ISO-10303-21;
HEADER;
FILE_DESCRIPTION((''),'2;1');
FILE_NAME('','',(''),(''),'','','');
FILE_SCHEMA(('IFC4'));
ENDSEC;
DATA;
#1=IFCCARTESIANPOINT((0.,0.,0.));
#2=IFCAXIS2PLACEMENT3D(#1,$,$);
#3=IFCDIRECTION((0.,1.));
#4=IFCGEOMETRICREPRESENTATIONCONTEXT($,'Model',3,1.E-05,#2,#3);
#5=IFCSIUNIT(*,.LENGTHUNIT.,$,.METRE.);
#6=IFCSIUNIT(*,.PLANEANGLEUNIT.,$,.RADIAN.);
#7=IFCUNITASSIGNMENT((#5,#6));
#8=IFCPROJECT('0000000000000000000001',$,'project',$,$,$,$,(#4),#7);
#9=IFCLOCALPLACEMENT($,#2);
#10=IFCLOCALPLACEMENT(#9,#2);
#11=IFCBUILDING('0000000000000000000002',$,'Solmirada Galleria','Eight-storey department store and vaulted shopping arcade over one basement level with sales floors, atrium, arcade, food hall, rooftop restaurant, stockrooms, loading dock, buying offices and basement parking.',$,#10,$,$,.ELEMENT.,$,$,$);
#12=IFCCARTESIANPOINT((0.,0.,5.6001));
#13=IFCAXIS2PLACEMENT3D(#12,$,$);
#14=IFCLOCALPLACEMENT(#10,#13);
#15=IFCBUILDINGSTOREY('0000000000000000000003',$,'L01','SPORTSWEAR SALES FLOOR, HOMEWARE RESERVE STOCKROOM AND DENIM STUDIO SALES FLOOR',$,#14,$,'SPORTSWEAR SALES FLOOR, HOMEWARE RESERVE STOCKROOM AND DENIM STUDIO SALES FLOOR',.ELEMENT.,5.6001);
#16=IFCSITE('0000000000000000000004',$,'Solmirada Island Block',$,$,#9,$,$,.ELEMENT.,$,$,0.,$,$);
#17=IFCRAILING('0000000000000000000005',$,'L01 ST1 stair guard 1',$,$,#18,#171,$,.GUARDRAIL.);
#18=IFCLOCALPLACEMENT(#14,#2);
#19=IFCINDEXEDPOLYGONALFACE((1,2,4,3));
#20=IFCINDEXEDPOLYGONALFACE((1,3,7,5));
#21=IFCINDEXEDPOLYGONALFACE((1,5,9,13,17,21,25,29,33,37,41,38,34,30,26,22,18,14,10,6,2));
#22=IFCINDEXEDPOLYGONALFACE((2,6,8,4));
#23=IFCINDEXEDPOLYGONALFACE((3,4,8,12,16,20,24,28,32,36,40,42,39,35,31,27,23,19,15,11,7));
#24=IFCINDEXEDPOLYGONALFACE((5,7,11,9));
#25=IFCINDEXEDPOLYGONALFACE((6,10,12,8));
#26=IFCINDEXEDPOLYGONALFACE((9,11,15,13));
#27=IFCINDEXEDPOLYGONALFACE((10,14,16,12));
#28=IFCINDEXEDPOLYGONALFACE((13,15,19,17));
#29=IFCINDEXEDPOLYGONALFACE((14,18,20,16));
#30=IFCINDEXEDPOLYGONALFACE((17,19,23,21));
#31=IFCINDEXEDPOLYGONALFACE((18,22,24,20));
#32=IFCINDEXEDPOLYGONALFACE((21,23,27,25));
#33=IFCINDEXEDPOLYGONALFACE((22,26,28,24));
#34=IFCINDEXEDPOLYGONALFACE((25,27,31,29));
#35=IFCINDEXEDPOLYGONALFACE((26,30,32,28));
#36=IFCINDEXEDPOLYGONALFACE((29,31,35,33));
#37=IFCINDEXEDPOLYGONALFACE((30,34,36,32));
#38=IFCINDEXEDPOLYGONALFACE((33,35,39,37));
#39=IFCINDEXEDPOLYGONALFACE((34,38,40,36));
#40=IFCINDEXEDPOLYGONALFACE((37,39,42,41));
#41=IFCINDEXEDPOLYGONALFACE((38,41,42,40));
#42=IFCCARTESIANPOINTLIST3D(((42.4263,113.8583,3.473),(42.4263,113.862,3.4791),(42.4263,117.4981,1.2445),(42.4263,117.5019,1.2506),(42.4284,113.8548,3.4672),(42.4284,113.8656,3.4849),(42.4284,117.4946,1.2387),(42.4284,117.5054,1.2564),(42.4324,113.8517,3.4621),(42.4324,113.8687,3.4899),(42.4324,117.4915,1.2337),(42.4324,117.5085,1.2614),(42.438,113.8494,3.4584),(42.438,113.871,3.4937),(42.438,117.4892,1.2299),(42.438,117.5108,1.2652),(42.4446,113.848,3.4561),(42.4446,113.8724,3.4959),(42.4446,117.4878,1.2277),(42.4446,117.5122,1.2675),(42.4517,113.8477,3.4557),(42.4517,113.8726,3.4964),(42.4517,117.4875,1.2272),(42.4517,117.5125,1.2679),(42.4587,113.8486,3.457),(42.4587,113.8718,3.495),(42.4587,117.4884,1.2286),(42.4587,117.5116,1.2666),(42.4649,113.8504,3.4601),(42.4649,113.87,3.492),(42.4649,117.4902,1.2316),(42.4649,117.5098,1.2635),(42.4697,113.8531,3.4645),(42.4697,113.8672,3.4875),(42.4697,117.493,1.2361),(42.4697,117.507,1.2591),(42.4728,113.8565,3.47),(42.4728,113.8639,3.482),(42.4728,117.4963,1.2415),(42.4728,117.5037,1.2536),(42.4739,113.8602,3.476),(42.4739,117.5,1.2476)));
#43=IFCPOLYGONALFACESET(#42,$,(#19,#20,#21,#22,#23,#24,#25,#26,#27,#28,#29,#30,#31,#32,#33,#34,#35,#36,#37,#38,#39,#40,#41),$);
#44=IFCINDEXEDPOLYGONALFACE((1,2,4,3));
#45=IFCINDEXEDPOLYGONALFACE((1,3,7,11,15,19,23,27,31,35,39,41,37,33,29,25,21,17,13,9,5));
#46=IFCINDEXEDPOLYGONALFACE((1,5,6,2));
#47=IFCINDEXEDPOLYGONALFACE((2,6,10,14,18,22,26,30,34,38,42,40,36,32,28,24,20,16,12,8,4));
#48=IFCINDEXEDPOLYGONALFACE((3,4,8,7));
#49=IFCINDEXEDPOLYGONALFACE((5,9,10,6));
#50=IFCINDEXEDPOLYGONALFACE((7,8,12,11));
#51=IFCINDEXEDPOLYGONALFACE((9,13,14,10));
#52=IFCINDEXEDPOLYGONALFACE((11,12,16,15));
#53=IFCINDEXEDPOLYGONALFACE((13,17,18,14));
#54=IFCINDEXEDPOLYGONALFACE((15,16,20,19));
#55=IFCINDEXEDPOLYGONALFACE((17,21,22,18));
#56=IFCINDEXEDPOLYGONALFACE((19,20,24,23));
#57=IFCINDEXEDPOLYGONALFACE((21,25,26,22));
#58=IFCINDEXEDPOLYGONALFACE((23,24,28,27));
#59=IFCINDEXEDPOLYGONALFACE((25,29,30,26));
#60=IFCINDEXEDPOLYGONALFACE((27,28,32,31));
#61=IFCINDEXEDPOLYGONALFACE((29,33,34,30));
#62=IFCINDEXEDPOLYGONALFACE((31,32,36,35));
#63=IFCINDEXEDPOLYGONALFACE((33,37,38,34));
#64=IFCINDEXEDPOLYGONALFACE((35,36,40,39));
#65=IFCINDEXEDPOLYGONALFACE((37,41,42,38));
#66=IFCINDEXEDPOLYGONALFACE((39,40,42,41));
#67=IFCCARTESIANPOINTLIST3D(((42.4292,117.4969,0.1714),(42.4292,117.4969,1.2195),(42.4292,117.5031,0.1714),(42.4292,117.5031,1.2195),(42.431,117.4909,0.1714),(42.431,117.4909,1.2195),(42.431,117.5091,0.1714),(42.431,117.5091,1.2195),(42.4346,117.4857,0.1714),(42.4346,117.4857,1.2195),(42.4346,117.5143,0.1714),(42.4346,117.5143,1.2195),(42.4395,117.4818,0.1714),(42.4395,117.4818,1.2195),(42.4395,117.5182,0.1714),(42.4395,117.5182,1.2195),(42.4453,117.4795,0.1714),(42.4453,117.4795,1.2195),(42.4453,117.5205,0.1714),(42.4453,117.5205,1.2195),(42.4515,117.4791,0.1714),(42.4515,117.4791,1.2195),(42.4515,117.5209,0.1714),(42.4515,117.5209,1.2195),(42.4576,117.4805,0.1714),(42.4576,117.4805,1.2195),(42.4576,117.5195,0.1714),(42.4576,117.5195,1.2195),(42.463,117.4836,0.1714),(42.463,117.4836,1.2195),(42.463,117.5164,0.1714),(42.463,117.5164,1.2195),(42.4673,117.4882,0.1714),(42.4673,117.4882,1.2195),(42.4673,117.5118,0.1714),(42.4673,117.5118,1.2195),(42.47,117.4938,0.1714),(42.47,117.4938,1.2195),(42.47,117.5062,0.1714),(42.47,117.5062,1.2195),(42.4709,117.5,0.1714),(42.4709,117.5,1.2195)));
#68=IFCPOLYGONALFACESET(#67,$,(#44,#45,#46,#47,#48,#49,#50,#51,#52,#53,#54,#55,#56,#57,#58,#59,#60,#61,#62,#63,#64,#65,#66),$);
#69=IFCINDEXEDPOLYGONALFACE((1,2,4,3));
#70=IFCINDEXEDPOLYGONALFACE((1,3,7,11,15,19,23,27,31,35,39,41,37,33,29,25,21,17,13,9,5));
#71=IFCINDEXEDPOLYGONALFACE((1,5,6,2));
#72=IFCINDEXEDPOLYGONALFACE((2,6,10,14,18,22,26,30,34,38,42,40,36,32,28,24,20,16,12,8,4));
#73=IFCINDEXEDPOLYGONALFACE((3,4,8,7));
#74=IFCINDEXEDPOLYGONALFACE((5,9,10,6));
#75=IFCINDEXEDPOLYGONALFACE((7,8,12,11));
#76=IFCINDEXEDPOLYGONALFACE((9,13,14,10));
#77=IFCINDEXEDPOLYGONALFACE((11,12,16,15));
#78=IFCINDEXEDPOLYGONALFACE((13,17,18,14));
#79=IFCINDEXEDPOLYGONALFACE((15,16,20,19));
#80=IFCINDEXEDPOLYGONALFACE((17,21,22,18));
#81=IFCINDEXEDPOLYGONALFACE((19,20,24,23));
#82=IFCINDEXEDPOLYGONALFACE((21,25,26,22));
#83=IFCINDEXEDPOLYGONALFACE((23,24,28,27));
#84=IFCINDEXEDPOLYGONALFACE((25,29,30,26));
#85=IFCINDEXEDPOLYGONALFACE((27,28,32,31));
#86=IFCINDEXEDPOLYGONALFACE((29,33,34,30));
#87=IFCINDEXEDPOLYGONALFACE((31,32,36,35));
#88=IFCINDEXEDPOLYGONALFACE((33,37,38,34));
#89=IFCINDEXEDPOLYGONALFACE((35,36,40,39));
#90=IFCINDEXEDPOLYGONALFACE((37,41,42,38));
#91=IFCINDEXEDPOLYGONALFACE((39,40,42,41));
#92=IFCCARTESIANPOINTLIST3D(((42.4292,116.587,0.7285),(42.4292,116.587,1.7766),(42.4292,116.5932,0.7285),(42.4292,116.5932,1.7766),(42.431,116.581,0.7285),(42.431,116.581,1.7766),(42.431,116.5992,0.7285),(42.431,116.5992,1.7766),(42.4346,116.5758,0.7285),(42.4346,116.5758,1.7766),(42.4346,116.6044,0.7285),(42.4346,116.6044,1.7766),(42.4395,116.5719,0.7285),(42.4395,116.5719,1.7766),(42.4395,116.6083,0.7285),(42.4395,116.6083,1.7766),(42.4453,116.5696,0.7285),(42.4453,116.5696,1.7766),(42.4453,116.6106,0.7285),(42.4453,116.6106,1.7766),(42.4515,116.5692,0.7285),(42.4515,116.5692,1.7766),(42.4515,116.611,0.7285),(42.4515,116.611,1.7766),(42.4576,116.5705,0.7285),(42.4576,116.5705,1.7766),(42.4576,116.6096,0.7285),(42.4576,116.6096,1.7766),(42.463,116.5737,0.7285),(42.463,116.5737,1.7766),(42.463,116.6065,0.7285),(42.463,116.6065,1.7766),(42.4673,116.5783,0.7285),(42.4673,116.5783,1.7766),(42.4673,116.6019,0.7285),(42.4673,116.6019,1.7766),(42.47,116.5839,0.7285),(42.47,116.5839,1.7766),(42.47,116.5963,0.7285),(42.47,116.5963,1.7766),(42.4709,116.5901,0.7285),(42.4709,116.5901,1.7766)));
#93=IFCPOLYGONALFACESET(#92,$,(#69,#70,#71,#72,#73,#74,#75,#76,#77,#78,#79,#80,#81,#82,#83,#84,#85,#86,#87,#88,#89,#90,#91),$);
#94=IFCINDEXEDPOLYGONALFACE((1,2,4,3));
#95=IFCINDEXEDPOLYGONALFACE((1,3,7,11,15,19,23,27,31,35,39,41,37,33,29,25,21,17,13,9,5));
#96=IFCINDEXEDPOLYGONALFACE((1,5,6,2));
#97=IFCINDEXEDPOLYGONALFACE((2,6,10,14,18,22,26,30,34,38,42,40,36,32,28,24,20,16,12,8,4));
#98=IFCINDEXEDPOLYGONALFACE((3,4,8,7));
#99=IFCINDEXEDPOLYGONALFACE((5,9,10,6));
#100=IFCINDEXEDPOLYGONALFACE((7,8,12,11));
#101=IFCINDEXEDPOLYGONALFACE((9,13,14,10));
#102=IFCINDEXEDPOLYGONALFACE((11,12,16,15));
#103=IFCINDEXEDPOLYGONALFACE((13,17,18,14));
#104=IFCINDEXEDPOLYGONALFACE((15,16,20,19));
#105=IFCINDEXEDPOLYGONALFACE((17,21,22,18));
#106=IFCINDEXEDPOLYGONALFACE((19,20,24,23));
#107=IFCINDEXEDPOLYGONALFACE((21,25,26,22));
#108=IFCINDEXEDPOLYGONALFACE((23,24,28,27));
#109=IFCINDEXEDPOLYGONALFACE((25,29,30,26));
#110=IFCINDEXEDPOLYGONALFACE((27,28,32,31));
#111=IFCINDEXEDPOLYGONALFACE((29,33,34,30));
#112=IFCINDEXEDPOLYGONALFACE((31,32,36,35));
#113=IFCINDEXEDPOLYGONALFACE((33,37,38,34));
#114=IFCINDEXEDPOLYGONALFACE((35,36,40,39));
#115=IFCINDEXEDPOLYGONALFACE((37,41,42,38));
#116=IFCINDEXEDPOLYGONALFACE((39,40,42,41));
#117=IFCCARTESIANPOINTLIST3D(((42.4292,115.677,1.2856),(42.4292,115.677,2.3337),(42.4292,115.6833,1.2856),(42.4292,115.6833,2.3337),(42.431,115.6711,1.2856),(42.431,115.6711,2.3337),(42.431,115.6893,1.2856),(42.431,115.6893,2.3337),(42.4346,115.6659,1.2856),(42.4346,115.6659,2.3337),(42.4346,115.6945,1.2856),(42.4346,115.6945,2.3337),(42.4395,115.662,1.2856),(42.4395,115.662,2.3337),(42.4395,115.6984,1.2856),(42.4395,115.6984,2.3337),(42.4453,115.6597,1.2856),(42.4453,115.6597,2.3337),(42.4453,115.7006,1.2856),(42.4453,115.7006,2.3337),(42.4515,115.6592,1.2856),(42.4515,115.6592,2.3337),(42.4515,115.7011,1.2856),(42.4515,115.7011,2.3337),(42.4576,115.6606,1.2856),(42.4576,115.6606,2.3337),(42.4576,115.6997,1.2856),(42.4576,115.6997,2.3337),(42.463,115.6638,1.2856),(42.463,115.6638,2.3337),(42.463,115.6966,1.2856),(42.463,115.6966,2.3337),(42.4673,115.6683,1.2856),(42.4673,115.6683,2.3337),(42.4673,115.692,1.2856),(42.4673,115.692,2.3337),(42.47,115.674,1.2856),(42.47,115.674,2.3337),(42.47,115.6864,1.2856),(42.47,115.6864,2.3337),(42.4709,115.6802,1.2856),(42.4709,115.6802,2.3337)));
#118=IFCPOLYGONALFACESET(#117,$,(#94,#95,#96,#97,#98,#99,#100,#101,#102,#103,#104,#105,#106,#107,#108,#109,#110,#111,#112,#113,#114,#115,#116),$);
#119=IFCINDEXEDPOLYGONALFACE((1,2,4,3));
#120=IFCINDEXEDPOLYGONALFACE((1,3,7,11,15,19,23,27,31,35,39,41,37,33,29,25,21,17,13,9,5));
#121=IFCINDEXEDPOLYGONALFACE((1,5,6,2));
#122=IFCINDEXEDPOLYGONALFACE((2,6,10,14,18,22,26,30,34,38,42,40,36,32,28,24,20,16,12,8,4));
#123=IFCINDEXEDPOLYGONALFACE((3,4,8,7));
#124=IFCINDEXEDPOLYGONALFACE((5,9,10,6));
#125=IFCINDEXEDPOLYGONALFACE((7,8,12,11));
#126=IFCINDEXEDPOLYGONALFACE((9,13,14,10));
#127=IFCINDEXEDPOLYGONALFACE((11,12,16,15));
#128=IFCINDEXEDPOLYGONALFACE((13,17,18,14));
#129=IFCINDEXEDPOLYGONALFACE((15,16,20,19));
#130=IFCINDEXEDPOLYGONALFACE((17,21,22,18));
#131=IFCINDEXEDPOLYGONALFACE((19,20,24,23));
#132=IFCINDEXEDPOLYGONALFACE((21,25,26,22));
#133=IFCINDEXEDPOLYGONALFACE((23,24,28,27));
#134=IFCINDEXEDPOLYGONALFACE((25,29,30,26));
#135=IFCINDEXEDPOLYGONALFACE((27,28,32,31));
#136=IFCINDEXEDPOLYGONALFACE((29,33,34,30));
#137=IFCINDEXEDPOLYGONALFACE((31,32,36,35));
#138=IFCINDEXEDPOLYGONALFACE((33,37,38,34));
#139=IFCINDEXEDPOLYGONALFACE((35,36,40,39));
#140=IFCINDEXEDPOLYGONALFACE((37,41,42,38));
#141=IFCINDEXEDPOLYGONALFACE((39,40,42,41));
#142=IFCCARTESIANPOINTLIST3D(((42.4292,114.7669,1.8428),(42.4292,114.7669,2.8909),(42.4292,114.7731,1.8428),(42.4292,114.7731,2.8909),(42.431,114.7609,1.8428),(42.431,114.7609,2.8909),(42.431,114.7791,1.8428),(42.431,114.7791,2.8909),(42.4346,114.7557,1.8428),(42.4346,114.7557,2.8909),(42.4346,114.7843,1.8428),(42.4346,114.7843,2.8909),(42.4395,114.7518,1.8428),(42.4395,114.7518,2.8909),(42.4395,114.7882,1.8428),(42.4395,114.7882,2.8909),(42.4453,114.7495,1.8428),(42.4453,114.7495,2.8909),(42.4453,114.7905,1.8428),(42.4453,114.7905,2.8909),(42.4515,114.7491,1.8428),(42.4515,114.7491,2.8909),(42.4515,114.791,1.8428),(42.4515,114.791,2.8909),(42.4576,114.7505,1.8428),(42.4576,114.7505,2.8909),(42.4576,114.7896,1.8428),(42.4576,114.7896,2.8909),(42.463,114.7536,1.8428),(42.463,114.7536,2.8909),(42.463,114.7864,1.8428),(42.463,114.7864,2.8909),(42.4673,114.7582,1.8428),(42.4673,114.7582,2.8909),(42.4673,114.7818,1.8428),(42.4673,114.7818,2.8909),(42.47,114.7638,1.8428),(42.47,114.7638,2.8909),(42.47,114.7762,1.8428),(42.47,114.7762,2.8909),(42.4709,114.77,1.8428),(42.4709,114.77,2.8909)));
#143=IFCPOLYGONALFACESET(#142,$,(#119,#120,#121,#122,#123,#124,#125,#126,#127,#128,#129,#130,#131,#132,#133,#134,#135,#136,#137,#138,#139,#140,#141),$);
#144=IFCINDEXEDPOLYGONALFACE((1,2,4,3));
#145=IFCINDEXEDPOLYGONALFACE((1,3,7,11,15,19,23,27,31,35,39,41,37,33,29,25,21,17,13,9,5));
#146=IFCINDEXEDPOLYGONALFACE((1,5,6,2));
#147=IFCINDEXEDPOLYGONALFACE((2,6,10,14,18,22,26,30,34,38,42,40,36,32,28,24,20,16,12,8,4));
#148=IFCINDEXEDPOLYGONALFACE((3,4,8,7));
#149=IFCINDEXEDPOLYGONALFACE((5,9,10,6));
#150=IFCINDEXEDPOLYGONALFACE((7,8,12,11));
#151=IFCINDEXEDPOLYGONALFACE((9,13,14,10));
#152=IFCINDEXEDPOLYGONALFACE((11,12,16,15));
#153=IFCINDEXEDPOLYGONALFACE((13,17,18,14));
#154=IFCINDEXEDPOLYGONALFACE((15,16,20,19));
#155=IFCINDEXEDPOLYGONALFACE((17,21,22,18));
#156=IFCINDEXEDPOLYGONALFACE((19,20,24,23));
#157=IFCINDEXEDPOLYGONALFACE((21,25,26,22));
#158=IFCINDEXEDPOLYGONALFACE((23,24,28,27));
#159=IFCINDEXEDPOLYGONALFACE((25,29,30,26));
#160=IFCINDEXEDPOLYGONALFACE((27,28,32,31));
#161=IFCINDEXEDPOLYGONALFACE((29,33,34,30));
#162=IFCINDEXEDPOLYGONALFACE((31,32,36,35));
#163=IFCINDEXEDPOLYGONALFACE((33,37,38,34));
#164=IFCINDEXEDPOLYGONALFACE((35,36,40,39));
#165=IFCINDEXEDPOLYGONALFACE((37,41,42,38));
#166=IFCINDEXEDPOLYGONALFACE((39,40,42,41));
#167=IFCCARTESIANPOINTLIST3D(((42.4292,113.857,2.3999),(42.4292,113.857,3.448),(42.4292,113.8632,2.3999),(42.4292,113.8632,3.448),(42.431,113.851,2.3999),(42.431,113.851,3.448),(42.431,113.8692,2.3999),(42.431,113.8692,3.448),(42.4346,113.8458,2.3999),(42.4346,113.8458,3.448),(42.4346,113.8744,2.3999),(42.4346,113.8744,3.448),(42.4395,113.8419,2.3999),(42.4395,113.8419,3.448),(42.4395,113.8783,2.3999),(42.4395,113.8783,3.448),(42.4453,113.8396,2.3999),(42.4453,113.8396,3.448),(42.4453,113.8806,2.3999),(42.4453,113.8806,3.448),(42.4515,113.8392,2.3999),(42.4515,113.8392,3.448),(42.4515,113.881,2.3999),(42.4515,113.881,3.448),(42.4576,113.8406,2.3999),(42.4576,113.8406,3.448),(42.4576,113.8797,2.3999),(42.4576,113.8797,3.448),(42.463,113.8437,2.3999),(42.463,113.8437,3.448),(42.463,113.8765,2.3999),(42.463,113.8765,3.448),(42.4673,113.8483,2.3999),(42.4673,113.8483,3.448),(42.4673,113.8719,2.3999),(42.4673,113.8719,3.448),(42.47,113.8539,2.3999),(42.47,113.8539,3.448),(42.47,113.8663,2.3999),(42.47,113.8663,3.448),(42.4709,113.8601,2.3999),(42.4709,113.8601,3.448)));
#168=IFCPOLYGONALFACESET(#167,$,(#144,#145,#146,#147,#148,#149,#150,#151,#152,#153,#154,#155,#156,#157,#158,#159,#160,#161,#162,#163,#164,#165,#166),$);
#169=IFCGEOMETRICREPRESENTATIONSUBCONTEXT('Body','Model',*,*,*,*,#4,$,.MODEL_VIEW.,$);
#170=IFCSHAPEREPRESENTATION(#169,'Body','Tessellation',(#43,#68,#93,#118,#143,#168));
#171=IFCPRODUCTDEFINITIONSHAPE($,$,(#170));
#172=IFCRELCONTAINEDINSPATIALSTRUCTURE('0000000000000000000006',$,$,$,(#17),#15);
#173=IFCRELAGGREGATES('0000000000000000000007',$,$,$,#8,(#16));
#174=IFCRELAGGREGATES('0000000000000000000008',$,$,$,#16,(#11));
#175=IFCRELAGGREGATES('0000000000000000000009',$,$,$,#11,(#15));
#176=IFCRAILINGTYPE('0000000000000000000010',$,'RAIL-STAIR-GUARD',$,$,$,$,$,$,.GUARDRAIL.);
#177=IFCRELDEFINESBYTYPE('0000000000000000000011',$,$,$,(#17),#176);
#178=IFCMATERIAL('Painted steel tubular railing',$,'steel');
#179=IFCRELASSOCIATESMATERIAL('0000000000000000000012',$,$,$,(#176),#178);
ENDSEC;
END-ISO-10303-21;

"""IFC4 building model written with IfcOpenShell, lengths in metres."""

from ifc_helpers import new_model, si_unit, direction, frame, origin, origin_2d, place, context, subcontext, project, spatial, circle, extrude, material, type_object, element, save


model = new_model("IFC4")

# Units and contexts
model_context = context("Model", 3, precision=1e-05, world=origin(), true_north=direction((0.0, 1.0)))
body_context = subcontext(model_context, "Body", "Model", "MODEL_VIEW")
ifc_project = project(units=[si_unit("LENGTHUNIT", "METRE"), si_unit("PLANEANGLEUNIT", "RADIAN")], contexts=[model_context])

# Site, building, storey
site_placement = place(None, origin())
site = spatial("IfcSite", under=ifc_project, at=site_placement, Name="Solmirada Island Block", CompositionType="ELEMENT", RefElevation=0.0)
building_placement = place(site_placement, origin())
building = spatial("IfcBuilding", under=site, at=building_placement, Name="Solmirada Galleria", Description="Eight-storey department store and vaulted shopping arcade over one basement level with sales floors, atrium, arcade, food hall, rooftop restaurant, stockrooms, loading dock, buying offices and basement parking.", CompositionType="ELEMENT")
storey_placement = place(building_placement, frame((0.0, 0.0, 5.6001)))
storey = spatial("IfcBuildingStorey", under=building, at=storey_placement, Name="L01", Description="SPORTSWEAR SALES FLOOR, HOMEWARE RESERVE STOCKROOM AND DENIM STUDIO SALES FLOOR", LongName="SPORTSWEAR SALES FLOOR, HOMEWARE RESERVE STOCKROOM AND DENIM STUDIO SALES FLOOR", CompositionType="ELEMENT", Elevation=5.6001)

# Railing
ifc_material_1 = material(Name="Painted steel tubular railing", Category="steel")
railing_type_1 = type_object("IfcRailingType", Name="RAIL-STAIR-GUARD", PredefinedType="GUARDRAIL", material=ifc_material_1)
railing_1_placement = place(storey_placement, frame((42.45, 117.5, 0.1714)))
element("IfcRailing", 1, at=railing_1_placement, inside=storey, type_object=railing_type_1, Name="L01 ST1 stair guard 1", PredefinedType="GUARDRAIL", context=body_context, shape_type="SweptSolid", body=[
    extrude(circle(Radius=0.0239, at=origin_2d()), frame((0.0, 0.0, 1.0762), z_axis=(0.0, -0.85285, 0.522156), x_axis=(1.0, 0.0, 0.0)), (0.0, 0.0, 1.0), 4.2678),
    extrude(circle(Radius=0.021, at=origin_2d()), origin(), (0.0, 0.0, 1.0), 1.0481),
    extrude(circle(Radius=0.021, at=origin_2d()), frame((0.0, -0.9099, 0.5571)), (0.0, 0.0, 1.0), 1.0481),
    extrude(circle(Radius=0.021, at=origin_2d()), frame((0.0, -1.8198, 1.1143)), (0.0, 0.0, 1.0), 1.0481),
    extrude(circle(Radius=0.021, at=origin_2d()), frame((0.0, -2.73, 1.6714)), (0.0, 0.0, 1.0), 1.0481),
    extrude(circle(Radius=0.021, at=origin_2d()), frame((0.0, -3.6399, 2.2285)), (0.0, 0.0, 1.0), 1.0481),
])

save(model, "model.ifc")
